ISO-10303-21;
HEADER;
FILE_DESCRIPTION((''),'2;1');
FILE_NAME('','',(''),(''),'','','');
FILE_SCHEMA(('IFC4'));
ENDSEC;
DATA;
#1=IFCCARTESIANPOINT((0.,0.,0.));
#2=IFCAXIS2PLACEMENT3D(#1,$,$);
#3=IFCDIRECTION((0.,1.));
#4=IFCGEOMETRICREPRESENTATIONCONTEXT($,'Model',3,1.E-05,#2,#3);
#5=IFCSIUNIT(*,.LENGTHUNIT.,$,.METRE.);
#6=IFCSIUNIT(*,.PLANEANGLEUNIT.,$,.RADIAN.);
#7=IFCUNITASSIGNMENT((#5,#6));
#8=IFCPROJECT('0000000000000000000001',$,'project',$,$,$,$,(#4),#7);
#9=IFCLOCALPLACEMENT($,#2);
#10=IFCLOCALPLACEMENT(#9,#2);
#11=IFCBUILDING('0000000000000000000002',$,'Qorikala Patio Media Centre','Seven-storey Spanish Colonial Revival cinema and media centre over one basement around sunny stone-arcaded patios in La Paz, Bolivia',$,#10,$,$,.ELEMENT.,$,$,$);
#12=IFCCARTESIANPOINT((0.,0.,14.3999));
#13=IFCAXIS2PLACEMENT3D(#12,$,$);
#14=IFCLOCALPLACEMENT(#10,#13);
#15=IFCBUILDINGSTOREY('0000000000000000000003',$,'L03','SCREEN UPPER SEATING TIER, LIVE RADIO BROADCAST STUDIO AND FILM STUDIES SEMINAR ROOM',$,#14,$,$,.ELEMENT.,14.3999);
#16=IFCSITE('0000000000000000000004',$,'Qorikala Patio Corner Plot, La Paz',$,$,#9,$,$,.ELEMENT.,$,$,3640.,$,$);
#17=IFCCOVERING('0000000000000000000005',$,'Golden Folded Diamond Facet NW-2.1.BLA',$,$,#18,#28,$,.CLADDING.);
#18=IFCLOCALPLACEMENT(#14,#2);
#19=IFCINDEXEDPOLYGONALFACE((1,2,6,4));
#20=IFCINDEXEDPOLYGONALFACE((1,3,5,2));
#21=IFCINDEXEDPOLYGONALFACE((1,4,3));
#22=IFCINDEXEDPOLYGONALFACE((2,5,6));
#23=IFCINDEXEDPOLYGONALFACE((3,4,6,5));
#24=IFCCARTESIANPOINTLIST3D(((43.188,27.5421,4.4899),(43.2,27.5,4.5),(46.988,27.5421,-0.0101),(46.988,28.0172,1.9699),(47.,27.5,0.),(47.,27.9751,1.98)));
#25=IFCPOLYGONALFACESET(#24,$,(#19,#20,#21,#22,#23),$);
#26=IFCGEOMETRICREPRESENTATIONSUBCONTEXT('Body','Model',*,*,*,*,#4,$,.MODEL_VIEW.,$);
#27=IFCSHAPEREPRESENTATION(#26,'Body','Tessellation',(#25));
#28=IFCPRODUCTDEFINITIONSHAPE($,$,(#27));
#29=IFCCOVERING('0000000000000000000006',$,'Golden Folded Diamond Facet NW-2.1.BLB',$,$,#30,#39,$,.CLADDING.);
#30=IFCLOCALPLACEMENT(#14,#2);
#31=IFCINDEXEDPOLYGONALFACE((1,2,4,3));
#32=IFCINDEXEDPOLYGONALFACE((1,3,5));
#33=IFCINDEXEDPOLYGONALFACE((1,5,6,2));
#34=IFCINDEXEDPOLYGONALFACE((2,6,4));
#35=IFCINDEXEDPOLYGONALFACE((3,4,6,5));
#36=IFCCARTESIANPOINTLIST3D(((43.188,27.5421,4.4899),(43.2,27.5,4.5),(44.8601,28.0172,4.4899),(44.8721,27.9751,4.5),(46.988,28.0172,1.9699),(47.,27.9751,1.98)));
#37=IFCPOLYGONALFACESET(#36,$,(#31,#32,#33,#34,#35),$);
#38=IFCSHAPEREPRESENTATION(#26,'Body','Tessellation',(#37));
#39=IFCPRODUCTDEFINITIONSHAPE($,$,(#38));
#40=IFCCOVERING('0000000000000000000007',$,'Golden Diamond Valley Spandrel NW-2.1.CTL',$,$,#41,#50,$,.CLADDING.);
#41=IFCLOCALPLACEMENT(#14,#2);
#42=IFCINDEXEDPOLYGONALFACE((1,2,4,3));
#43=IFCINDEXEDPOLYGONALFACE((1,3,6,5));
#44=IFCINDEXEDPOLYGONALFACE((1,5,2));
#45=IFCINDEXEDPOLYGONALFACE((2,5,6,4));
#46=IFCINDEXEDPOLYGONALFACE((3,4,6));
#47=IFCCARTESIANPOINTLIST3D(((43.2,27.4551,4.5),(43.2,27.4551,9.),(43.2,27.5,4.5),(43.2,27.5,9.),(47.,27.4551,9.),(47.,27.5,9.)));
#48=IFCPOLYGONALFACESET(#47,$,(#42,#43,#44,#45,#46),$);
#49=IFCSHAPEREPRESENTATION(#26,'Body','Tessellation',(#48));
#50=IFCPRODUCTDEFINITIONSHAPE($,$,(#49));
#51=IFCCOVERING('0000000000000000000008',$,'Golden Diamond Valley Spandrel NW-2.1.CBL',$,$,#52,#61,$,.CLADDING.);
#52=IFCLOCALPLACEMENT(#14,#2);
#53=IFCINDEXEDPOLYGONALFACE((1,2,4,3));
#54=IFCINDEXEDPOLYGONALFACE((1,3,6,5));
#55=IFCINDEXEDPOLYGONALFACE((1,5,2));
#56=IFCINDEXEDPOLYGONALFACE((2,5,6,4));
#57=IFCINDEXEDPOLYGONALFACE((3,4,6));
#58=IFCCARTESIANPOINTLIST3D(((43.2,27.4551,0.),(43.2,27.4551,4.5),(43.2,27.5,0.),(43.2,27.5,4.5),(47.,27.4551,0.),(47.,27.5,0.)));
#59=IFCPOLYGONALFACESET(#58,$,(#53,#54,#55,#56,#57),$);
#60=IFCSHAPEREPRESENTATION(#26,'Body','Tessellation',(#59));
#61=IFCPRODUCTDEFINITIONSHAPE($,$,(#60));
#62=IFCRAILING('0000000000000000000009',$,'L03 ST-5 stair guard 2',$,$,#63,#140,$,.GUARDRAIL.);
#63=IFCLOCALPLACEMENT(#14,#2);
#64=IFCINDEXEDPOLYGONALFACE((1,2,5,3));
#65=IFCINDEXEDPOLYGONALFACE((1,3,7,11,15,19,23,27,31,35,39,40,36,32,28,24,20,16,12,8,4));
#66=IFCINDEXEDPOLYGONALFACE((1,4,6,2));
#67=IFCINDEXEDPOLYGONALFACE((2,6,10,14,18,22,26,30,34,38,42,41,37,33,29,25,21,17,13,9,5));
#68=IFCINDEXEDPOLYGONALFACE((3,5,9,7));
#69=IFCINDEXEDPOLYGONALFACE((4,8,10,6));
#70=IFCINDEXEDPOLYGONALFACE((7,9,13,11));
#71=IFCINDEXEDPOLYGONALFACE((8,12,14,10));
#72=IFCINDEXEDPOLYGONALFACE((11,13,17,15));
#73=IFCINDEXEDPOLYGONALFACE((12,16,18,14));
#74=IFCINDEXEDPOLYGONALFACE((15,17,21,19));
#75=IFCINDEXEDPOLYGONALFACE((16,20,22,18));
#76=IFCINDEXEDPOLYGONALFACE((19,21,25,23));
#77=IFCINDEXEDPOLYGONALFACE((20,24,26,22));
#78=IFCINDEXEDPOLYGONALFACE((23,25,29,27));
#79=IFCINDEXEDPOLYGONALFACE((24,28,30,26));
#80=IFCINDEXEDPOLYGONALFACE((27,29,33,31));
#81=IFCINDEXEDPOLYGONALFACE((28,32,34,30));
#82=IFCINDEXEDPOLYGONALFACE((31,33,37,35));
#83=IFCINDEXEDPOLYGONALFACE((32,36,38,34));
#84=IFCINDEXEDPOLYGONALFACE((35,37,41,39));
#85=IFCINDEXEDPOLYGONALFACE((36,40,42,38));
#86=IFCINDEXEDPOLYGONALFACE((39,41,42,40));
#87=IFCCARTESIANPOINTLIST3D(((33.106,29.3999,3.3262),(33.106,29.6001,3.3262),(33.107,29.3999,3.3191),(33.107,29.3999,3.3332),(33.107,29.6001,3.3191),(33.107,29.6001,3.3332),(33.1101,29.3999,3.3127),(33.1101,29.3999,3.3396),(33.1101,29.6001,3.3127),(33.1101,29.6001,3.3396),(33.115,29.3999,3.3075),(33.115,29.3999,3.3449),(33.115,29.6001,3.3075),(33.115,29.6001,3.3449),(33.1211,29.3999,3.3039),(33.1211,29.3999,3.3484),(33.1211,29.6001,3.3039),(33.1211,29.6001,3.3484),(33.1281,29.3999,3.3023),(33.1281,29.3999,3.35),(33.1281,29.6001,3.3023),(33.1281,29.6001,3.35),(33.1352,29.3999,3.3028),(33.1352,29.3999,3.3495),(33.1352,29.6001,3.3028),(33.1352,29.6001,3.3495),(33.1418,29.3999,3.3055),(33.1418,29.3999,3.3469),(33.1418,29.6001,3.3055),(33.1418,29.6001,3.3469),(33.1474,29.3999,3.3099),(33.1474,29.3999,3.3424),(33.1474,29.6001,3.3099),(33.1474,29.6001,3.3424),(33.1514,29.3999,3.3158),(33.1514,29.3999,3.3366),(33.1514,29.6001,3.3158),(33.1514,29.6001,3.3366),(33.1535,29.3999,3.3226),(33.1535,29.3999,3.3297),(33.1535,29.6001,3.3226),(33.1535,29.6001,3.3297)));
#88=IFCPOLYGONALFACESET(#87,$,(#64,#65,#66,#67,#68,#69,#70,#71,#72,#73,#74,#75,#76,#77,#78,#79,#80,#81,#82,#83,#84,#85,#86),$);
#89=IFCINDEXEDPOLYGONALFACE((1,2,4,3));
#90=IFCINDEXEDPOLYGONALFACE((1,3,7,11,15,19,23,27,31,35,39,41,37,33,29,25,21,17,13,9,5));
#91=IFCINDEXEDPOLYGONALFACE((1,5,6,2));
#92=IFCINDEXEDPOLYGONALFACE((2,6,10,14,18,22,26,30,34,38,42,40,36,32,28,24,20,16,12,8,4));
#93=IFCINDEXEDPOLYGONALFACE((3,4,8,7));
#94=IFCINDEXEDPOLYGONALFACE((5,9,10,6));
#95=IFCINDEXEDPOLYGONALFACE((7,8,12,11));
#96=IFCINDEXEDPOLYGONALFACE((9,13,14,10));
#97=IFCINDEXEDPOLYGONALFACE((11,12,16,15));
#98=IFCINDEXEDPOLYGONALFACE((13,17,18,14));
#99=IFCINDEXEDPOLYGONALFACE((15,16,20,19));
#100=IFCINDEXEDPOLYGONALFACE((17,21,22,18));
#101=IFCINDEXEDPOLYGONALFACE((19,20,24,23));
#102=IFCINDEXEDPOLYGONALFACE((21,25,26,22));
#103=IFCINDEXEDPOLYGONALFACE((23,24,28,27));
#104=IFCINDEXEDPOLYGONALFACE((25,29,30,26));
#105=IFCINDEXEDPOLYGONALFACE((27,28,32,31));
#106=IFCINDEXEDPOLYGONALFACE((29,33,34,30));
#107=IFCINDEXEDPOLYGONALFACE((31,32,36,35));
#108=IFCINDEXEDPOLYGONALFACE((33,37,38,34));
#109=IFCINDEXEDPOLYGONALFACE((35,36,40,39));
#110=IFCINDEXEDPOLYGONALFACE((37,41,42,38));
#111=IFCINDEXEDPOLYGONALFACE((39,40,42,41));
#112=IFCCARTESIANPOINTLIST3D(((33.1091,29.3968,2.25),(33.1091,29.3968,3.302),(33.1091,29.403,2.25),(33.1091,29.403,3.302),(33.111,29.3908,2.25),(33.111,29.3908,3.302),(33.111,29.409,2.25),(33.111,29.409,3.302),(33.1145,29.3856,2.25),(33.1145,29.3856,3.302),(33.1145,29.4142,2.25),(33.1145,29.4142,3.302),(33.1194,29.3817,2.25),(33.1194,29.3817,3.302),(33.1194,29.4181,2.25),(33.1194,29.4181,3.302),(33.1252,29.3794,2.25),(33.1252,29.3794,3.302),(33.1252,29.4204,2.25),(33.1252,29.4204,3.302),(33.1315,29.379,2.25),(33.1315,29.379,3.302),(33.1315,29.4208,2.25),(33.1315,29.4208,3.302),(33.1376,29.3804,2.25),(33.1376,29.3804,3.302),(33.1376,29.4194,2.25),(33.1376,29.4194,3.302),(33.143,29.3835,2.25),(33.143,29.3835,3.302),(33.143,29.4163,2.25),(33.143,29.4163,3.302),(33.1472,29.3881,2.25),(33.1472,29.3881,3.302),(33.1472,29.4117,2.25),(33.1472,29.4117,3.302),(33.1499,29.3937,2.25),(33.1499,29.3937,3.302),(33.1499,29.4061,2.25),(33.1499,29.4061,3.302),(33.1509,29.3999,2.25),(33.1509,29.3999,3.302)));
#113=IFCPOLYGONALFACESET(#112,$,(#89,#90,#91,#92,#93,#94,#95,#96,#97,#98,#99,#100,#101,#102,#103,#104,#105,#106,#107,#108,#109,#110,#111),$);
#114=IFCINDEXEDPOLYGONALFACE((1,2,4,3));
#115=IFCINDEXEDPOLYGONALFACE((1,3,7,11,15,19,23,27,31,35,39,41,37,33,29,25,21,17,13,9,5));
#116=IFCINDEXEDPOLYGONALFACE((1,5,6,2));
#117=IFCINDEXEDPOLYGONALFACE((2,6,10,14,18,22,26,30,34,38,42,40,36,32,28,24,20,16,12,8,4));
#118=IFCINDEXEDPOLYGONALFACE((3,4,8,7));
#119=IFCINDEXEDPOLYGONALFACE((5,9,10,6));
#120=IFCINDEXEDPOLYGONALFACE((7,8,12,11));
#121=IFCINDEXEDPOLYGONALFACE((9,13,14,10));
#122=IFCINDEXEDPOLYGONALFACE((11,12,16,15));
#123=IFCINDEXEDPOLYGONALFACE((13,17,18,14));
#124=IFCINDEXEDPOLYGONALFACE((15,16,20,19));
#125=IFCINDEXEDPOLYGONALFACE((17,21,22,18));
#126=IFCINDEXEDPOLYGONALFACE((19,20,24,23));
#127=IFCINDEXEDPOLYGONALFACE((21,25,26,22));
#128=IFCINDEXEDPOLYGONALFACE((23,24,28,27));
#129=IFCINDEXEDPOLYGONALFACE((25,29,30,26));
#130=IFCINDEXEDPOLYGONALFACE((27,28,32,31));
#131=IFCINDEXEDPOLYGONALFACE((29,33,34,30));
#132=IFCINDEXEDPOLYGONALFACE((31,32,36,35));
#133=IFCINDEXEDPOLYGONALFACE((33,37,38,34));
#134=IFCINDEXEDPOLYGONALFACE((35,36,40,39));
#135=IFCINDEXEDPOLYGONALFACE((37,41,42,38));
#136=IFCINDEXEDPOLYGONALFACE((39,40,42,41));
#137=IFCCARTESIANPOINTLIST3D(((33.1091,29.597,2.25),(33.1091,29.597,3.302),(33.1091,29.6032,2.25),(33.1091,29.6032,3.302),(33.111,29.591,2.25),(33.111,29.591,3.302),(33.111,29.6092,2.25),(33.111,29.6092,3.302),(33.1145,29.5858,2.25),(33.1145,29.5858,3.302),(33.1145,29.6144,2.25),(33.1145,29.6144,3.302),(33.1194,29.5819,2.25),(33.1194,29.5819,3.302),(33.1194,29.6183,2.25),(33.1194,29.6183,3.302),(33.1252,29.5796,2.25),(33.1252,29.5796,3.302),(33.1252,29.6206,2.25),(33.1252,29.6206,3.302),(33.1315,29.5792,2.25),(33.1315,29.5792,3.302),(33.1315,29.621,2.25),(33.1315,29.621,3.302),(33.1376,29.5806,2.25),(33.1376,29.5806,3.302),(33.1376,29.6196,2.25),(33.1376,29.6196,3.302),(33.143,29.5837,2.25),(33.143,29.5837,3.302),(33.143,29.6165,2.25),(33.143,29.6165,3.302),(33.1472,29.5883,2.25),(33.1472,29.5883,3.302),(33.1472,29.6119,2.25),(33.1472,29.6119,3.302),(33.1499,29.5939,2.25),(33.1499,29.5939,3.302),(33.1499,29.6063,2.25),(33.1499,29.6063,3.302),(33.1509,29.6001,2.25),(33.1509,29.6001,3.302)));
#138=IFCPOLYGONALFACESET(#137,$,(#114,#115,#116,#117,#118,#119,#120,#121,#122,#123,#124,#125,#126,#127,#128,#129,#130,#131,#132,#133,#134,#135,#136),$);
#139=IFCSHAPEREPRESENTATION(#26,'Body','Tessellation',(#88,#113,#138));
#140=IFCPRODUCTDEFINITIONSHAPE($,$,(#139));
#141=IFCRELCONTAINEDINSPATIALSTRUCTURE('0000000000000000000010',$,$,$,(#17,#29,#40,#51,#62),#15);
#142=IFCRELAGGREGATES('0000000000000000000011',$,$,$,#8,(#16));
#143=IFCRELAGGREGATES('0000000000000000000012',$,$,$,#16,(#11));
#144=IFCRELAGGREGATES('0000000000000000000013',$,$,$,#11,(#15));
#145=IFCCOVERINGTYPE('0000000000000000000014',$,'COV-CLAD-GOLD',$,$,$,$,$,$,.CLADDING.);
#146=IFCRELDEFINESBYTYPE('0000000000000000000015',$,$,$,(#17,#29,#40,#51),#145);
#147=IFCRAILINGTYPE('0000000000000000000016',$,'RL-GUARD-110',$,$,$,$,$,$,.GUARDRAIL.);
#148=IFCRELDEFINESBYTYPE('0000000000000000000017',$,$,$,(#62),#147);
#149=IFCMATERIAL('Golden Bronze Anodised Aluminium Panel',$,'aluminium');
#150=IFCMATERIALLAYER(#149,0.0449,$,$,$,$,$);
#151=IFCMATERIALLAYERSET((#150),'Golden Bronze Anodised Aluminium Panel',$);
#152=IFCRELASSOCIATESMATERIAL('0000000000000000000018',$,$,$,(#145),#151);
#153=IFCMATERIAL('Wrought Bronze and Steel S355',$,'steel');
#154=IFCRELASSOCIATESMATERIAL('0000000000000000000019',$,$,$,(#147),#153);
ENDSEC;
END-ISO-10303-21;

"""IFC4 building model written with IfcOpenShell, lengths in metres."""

from ifc_helpers import new_model, si_unit, direction, frame, origin, origin_2d, place, context, subcontext, project, spatial, polyline, circle, outline, extrude, material, layer, layer_set, type_object, element, save


model = new_model("IFC4")

# Units and contexts
model_context = context("Model", 3, precision=1e-05, world=origin(), true_north=direction((0.0, 1.0)))
body_context = subcontext(model_context, "Body", "Model", "MODEL_VIEW")
ifc_project = project(units=[si_unit("LENGTHUNIT", "METRE"), si_unit("PLANEANGLEUNIT", "RADIAN")], contexts=[model_context])

# Site, building, storey
site_placement = place(None, origin())
site = spatial("IfcSite", under=ifc_project, at=site_placement, Name="Qorikala Patio Corner Plot, La Paz", CompositionType="ELEMENT", RefElevation=3640.0)
building_placement = place(site_placement, origin())
building = spatial("IfcBuilding", under=site, at=building_placement, Name="Qorikala Patio Media Centre", Description="Seven-storey Spanish Colonial Revival cinema and media centre over one basement around sunny stone-arcaded patios in La Paz, Bolivia", CompositionType="ELEMENT")
storey_placement = place(building_placement, frame((0.0, 0.0, 14.3999)))
storey = spatial("IfcBuildingStorey", under=building, at=storey_placement, Name="L03", Description="SCREEN UPPER SEATING TIER, LIVE RADIO BROADCAST STUDIO AND FILM STUDIES SEMINAR ROOM", CompositionType="ELEMENT", Elevation=14.3999)

# Coverings
ifc_material_1 = material(Name="Golden Bronze Anodised Aluminium Panel", Category="aluminium")
ifc_layer_1 = layer(ifc_material_1, 0.0449)
ifc_layer_set_1 = layer_set([ifc_layer_1], Name="Golden Bronze Anodised Aluminium Panel")
covering_type = type_object("IfcCoveringType", Name="COV-CLAD-GOLD", PredefinedType="CLADDING", material=ifc_layer_set_1)
covering_1_placement = place(storey_placement, frame((43.2, 27.5, 4.5), z_axis=(0.266326, -0.937278, 0.224901), x_axis=(0.645186, 0.0, -0.764026)))
element("IfcCovering", 1, at=covering_1_placement, inside=storey, type_object=covering_type, Name="Golden Folded Diamond Facet NW-2.1.BLA", PredefinedType="CLADDING", context=body_context, shape_type="SweptSolid", body=[
    extrude(outline(polyline([(0.0, 0.0), (5.8899, 0.0), (4.3771, 1.3629), (0.0, 0.0)])), origin(), (0.0, 0.0, -1.0), 0.0449),
])
covering_2_placement = place(storey_placement, frame((43.2, 27.5, 4.5), z_axis=(0.266311, -0.937288, 0.224876), x_axis=(0.828911, 0.103634, -0.549696)))
element("IfcCovering", 2, at=covering_2_placement, inside=storey, type_object=covering_type, Name="Golden Folded Diamond Facet NW-2.1.BLB", PredefinedType="CLADDING", context=body_context, shape_type="SweptSolid", body=[
    extrude(outline(polyline([(0.0, 0.0), (4.5844, 0.0), (1.4353, 0.9807), (0.0, 0.0)])), origin(), (0.0, 0.0, -1.0), 0.0449),
])
covering_3_placement = place(storey_placement, frame((43.2, 27.5, 9.0), z_axis=(0.0, 1.0, 0.0), x_axis=(1.0, 0.0, 0.0)))
element("IfcCovering", 3, at=covering_3_placement, inside=storey, type_object=covering_type, Name="Golden Diamond Valley Spandrel NW-2.1.CTL", PredefinedType="CLADDING", context=body_context, shape_type="SweptSolid", body=[
    extrude(outline(polyline([(0.0, 0.0), (3.8, 0.0), (0.0, 4.5), (0.0, 0.0)])), origin(), (0.0, 0.0, -1.0), 0.0449),
])
covering_4_placement = place(storey_placement, frame((43.2, 27.5, 0.0), z_axis=(0.0, 1.0, 0.0), x_axis=(0.0, 0.0, 1.0)))
element("IfcCovering", 4, at=covering_4_placement, inside=storey, type_object=covering_type, Name="Golden Diamond Valley Spandrel NW-2.1.CBL", PredefinedType="CLADDING", context=body_context, shape_type="SweptSolid", body=[
    extrude(outline(polyline([(0.0, 0.0), (4.5, 0.0), (0.0, 3.8), (0.0, 0.0)])), origin(), (0.0, 0.0, -1.0), 0.0449),
])

# Railing
ifc_material_2 = material(Name="Wrought Bronze and Steel S355", Category="steel")
railing_type_1 = type_object("IfcRailingType", Name="RL-GUARD-110", PredefinedType="GUARDRAIL", material=ifc_material_2)
railing_1_placement = place(storey_placement, frame((33.1299, 29.3999, 2.25)))
element("IfcRailing", 5, at=railing_1_placement, inside=storey, type_object=railing_type_1, Name="L03 ST-5 stair guard 2", PredefinedType="GUARDRAIL", context=body_context, shape_type="SweptSolid", body=[
    extrude(circle(Radius=0.0239, at=origin_2d()), frame((0.0, 0.0, 1.0762), z_axis=(0.0, 1.0, 0.0), x_axis=(-1.0, 0.0, 0.0)), (0.0, 0.0, 1.0), 0.2002),
    extrude(circle(Radius=0.021, at=origin_2d()), origin(), (0.0, 0.0, 1.0), 1.052),
    extrude(circle(Radius=0.021, at=origin_2d()), frame((0.0, 0.2002, 0.0)), (0.0, 0.0, 1.0), 1.052),
])

save(model, "model.ifc")
